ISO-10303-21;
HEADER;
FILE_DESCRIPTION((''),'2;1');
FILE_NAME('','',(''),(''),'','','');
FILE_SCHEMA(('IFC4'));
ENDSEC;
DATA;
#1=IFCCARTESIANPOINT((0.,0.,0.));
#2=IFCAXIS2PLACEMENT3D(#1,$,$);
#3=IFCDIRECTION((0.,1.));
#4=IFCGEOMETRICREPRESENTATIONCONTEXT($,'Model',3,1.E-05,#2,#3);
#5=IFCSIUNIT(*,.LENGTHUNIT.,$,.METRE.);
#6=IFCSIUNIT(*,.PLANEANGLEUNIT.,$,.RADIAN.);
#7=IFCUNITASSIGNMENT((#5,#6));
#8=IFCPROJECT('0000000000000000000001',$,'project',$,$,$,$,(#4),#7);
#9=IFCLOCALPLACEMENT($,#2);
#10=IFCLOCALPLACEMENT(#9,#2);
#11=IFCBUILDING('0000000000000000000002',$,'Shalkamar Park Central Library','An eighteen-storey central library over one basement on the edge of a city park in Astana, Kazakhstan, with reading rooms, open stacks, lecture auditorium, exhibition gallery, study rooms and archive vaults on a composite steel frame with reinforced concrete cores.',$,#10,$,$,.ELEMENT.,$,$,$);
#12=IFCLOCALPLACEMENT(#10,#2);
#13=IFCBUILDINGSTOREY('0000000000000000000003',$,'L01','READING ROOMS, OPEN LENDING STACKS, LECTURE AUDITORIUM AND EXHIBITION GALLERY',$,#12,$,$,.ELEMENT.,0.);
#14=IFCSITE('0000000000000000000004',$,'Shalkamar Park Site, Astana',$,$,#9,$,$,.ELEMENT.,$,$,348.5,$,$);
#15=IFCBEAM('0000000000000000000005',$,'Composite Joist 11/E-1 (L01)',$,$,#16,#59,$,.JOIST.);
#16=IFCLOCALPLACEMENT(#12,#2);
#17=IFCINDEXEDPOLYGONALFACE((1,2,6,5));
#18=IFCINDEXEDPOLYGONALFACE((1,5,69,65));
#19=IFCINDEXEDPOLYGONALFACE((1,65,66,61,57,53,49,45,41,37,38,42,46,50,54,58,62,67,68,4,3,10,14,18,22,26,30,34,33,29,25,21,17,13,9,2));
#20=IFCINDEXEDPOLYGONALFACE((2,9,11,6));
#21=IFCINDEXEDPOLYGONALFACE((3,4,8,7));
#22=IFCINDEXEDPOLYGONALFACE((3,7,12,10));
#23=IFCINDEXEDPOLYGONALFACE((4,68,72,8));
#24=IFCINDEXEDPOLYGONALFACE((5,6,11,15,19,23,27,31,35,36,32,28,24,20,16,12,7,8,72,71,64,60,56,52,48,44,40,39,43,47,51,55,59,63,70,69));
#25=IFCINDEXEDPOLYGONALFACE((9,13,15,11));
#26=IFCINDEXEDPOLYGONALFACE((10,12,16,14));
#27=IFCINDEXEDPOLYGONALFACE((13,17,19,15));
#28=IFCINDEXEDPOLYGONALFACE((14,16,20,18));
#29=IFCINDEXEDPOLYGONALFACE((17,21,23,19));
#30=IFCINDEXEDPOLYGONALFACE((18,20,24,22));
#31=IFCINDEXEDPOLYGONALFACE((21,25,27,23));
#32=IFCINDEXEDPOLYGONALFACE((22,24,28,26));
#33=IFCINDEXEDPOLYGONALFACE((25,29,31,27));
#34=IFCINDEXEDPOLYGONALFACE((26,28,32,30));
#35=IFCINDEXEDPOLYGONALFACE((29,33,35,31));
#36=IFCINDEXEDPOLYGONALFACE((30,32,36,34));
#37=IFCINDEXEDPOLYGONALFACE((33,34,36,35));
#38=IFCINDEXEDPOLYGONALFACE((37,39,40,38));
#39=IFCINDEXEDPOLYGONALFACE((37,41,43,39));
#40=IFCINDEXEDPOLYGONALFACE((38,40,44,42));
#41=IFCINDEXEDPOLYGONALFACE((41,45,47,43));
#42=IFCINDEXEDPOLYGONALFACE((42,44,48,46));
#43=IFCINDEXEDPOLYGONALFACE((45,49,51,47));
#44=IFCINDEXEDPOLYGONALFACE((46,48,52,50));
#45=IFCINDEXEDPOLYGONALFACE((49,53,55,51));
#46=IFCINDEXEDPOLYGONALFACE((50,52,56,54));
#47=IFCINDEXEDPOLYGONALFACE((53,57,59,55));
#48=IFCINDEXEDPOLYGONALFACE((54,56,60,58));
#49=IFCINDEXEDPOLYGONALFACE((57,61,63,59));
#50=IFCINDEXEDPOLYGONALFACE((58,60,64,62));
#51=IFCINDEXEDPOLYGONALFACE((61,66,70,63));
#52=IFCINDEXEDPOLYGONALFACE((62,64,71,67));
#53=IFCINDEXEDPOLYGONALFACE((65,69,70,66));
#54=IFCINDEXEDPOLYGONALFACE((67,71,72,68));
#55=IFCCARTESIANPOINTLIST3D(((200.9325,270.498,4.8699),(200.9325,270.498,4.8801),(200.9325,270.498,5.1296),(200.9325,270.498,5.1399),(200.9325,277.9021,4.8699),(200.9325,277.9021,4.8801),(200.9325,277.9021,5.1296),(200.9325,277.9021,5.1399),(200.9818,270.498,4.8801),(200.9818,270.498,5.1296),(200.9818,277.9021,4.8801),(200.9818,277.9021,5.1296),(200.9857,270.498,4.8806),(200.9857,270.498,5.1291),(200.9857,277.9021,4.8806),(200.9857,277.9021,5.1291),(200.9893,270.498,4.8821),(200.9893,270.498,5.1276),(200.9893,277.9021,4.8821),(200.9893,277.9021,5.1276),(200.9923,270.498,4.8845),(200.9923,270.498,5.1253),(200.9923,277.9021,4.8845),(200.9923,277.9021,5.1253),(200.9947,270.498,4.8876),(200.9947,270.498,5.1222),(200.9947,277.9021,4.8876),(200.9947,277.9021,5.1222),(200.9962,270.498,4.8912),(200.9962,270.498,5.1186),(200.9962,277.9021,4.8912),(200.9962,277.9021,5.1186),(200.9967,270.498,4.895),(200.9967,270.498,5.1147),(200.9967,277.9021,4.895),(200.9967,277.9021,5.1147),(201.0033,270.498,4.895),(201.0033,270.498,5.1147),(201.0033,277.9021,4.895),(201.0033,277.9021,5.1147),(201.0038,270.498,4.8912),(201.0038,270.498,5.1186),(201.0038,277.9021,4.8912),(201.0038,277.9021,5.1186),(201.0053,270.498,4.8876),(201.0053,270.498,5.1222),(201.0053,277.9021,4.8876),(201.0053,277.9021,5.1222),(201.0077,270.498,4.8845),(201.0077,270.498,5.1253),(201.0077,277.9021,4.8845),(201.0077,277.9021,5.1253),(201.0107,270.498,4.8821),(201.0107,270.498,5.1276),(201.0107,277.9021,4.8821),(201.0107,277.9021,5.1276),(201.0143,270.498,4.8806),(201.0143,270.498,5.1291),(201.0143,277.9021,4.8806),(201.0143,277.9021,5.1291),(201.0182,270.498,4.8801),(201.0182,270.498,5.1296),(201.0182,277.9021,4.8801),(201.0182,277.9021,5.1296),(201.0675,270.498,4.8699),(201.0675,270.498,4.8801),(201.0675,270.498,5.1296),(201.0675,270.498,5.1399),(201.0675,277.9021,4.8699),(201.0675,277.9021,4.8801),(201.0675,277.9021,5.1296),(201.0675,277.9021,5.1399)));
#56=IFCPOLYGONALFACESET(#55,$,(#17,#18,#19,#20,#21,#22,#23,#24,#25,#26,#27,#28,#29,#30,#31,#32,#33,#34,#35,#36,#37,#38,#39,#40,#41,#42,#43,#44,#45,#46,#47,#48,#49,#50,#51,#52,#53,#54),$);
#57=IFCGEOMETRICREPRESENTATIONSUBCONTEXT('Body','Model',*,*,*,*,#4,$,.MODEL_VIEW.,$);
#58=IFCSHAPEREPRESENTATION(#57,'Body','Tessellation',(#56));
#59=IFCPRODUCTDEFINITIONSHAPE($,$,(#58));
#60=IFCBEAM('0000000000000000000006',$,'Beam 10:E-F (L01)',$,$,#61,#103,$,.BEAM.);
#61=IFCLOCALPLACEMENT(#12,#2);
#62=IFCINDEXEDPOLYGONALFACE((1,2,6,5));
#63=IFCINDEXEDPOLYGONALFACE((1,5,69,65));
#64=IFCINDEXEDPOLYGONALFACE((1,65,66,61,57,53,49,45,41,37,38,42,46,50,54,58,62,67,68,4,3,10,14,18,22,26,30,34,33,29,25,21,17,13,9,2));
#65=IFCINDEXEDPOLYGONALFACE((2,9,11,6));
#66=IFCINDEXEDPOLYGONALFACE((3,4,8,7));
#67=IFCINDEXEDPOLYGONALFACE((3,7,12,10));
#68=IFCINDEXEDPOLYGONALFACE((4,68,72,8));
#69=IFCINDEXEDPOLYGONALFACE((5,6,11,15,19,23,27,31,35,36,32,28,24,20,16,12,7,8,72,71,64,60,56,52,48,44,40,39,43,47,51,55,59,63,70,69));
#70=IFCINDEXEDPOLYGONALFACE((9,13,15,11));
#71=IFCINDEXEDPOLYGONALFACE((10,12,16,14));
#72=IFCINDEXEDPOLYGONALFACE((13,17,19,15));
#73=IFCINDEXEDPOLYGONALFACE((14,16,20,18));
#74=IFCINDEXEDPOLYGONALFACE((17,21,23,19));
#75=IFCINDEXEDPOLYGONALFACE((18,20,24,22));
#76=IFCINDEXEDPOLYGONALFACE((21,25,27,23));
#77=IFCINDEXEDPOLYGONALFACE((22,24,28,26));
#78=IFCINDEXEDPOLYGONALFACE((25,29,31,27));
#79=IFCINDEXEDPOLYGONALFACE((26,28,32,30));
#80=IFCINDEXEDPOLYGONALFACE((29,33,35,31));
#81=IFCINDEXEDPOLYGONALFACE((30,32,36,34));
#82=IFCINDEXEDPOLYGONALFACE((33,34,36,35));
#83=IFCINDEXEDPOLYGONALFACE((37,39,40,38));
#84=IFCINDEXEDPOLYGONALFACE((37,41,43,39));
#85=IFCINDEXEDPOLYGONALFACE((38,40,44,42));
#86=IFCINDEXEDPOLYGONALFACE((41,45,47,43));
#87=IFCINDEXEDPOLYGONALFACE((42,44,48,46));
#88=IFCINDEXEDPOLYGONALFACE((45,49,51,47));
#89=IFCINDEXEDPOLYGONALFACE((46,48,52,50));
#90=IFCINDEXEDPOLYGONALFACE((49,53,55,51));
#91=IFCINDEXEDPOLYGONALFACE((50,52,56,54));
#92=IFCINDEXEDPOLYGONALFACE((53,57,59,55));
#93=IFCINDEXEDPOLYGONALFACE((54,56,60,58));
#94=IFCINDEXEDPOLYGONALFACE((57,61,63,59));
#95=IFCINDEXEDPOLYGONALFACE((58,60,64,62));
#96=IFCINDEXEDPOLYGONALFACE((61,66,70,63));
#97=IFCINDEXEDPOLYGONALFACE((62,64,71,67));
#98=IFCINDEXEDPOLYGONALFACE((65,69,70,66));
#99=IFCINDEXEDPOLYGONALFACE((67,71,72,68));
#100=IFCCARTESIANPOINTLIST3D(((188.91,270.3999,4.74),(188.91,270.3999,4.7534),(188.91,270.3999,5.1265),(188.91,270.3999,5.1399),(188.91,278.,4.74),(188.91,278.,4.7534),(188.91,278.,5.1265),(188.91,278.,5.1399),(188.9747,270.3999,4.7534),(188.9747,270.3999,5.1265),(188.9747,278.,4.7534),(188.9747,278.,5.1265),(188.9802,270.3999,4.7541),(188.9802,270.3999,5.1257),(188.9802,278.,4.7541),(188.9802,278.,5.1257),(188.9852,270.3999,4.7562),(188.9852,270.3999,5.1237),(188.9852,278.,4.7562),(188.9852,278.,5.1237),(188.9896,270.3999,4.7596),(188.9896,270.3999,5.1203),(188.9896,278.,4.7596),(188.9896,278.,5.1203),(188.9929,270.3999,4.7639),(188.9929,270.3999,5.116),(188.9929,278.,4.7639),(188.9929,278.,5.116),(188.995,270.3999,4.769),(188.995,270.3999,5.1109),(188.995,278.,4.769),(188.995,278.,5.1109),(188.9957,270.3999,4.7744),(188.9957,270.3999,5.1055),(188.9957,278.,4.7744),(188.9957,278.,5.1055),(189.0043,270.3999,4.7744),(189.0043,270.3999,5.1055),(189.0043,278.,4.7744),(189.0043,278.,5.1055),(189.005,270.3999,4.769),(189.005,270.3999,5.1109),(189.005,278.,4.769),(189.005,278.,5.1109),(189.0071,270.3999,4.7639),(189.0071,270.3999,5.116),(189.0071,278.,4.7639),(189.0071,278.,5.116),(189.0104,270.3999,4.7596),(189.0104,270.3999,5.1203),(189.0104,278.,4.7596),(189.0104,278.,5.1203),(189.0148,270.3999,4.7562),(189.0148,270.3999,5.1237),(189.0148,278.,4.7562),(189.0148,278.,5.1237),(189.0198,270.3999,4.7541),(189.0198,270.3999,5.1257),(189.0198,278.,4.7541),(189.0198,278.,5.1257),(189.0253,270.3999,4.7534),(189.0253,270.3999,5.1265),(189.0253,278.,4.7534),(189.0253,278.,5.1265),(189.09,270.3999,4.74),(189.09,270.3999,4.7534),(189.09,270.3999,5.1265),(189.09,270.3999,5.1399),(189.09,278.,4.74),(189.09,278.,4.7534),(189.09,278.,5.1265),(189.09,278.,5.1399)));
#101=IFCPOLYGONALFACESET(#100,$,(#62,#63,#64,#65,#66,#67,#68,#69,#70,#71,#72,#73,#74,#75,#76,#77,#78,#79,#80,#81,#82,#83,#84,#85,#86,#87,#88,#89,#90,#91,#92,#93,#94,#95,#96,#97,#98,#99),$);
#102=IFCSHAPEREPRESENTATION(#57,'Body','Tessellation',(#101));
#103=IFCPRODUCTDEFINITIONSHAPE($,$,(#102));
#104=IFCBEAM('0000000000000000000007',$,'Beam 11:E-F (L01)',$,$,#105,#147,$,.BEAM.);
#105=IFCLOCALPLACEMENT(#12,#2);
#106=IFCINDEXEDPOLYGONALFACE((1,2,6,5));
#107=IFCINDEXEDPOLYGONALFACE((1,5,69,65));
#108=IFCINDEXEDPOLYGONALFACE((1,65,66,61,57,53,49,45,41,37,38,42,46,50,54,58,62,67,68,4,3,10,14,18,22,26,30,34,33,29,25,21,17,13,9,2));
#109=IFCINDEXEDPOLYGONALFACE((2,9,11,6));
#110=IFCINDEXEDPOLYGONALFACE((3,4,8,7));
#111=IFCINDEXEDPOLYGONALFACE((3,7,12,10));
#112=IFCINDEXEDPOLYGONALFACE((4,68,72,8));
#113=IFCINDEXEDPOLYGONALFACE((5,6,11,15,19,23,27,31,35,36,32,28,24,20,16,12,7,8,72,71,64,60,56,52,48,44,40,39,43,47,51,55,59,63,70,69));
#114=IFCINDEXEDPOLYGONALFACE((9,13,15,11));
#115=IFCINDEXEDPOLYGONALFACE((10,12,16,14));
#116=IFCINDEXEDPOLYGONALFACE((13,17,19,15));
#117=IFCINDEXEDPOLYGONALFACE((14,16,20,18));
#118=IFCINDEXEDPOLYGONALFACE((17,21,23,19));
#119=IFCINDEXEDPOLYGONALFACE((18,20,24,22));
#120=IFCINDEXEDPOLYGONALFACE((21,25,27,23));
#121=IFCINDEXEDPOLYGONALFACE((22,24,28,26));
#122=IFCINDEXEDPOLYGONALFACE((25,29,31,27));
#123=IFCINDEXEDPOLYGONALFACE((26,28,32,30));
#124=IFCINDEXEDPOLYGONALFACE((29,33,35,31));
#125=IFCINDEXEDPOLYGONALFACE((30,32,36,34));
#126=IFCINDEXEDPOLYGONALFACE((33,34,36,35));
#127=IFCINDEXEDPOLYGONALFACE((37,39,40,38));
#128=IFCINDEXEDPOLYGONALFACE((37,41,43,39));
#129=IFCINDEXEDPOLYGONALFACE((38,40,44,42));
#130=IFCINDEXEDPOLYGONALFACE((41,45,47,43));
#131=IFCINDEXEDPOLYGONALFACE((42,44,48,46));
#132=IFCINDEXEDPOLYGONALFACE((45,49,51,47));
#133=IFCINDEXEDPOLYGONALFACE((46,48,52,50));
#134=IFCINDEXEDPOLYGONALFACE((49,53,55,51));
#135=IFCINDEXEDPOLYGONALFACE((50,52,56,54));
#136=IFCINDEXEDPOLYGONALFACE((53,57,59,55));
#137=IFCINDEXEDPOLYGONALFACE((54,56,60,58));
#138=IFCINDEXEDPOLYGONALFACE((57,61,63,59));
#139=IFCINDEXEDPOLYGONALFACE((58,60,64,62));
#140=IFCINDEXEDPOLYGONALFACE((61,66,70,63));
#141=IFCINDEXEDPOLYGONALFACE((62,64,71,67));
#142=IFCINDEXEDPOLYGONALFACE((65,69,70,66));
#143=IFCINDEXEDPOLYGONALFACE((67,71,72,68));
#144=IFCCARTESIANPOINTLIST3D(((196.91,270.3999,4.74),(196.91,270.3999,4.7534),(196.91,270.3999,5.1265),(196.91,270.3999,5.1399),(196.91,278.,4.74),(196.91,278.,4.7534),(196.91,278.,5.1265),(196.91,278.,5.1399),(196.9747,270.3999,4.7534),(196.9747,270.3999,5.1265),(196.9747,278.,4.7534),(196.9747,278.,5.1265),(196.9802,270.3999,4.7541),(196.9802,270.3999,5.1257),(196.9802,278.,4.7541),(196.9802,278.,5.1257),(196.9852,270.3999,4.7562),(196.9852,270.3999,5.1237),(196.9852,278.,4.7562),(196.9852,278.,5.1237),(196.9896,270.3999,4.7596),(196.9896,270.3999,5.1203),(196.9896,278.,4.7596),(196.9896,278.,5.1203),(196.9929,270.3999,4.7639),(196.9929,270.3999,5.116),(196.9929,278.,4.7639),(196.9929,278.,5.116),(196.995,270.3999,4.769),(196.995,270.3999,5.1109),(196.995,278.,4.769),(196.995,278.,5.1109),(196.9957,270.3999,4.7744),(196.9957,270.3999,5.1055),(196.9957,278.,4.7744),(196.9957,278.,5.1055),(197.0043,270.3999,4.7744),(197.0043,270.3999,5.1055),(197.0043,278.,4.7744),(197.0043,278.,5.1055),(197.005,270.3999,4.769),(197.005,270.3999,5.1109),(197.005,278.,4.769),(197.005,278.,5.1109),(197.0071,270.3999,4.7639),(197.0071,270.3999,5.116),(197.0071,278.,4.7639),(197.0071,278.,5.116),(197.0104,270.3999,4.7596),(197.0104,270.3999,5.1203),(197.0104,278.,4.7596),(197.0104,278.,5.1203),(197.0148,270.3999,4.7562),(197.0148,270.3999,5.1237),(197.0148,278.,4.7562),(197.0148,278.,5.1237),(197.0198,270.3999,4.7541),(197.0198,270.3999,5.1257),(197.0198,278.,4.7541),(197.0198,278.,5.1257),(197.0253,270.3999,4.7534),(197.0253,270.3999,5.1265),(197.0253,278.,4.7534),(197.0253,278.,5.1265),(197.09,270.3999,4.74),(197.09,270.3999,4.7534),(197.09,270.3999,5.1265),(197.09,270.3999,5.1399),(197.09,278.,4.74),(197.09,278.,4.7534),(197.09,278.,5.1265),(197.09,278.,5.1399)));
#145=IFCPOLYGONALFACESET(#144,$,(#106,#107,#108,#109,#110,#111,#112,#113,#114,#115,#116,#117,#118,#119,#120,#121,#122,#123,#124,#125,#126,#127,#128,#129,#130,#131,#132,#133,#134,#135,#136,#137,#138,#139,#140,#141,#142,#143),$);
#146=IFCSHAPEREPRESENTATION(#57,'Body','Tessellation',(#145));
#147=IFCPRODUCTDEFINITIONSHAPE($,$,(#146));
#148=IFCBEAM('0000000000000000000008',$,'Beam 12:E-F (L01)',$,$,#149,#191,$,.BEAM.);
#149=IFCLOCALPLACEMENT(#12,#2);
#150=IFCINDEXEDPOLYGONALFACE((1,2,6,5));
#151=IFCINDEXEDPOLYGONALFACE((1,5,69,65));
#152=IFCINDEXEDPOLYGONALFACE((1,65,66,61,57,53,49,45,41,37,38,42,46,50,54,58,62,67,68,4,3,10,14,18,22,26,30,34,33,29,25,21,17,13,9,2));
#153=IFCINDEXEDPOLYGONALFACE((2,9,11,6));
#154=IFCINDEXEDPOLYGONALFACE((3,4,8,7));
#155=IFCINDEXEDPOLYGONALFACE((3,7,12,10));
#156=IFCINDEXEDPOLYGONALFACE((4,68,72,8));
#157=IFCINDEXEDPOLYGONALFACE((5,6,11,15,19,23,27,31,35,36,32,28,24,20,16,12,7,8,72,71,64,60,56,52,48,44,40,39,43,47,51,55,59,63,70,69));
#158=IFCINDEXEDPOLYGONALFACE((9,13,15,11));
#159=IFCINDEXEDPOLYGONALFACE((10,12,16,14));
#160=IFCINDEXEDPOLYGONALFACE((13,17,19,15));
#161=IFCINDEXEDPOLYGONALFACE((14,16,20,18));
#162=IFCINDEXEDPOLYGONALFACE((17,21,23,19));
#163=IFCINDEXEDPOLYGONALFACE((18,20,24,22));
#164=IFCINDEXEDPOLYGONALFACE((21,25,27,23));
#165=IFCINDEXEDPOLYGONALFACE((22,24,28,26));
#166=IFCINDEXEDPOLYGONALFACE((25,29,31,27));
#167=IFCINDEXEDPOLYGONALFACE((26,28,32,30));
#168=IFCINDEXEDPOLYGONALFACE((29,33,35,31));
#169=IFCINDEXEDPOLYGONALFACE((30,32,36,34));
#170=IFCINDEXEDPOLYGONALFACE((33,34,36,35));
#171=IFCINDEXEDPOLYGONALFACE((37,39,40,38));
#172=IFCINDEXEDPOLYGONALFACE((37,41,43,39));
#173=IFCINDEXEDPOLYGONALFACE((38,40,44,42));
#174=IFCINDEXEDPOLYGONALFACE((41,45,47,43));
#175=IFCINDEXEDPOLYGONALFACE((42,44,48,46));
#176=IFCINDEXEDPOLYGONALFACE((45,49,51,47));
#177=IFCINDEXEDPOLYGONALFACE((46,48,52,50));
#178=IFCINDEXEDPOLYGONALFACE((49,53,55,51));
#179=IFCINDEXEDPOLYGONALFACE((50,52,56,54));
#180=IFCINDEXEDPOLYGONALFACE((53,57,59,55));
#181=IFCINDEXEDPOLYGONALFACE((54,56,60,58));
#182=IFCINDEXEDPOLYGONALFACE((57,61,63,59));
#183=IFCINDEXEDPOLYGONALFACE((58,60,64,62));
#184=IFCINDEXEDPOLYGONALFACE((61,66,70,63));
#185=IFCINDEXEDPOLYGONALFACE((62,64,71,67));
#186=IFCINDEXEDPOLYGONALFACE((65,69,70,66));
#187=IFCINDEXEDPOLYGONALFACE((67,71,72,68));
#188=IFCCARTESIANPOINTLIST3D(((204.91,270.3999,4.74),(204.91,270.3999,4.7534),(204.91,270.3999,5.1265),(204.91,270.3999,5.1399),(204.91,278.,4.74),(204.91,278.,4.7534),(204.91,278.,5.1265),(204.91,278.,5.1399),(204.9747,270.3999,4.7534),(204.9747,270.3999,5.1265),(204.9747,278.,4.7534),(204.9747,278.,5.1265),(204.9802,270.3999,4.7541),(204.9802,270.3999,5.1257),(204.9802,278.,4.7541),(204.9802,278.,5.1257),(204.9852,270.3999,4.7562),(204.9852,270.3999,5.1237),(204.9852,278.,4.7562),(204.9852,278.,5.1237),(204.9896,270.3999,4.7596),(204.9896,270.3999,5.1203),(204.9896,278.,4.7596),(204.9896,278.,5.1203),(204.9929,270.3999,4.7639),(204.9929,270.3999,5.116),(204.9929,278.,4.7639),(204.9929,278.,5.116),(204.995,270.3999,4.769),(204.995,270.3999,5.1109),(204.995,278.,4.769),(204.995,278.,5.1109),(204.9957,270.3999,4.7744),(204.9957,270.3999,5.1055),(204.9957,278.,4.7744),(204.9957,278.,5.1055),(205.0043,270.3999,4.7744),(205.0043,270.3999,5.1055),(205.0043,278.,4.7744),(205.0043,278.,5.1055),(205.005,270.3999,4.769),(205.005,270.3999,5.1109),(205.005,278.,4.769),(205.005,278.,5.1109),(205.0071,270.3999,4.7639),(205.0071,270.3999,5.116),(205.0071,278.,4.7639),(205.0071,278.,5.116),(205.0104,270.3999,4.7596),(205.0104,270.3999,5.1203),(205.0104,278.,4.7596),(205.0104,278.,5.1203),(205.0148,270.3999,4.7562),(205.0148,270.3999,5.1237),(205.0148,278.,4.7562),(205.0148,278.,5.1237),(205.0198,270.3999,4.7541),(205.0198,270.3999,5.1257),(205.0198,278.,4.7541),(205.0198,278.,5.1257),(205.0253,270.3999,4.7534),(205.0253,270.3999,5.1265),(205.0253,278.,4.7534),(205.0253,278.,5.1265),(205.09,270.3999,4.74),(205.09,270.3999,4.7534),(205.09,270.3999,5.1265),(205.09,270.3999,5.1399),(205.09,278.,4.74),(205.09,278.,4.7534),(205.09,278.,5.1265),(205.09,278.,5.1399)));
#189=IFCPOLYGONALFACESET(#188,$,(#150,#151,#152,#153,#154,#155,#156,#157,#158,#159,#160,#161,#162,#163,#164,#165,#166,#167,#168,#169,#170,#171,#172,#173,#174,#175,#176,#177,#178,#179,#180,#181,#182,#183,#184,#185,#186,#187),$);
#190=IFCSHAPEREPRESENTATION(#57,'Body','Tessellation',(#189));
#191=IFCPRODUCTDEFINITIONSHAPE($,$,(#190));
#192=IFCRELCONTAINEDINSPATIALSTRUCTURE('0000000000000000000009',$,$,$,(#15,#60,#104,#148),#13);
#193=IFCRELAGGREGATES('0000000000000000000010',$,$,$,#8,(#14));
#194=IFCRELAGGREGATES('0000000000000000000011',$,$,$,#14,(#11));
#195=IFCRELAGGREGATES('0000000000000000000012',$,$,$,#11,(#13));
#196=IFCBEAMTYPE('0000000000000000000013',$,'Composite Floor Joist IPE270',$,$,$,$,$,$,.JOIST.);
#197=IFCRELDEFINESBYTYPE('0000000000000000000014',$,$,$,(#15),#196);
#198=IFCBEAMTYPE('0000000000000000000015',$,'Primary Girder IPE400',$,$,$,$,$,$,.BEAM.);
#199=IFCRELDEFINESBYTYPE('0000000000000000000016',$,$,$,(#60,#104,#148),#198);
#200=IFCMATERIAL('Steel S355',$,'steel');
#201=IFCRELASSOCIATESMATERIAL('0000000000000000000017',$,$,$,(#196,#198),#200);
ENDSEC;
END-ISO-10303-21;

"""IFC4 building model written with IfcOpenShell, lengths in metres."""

from ifc_helpers import new_model, si_unit, direction, frame, origin, origin_2d, place, context, subcontext, project, spatial, i_section, extrude, material, material_profile, profile_set, type_object, element, save


model = new_model("IFC4")

# Units and contexts
model_context = context("Model", 3, precision=1e-05, world=origin(), true_north=direction((0.0, 1.0)))
body_context = subcontext(model_context, "Body", "Model", "MODEL_VIEW")
ifc_project = project(units=[si_unit("LENGTHUNIT", "METRE"), si_unit("PLANEANGLEUNIT", "RADIAN")], contexts=[model_context])

# Site, building, storey
site_placement = place(None, origin())
site = spatial("IfcSite", under=ifc_project, at=site_placement, Name="Shalkamar Park Site, Astana", CompositionType="ELEMENT", RefElevation=348.5)
building_placement = place(site_placement, origin())
building = spatial("IfcBuilding", under=site, at=building_placement, Name="Shalkamar Park Central Library", Description="An eighteen-storey central library over one basement on the edge of a city park in Astana, Kazakhstan, with reading rooms, open stacks, lecture auditorium, exhibition gallery, study rooms and archive vaults on a composite steel frame with reinforced concrete cores.", CompositionType="ELEMENT")
storey_placement = place(building_placement, origin())
storey = spatial("IfcBuildingStorey", under=building, at=storey_placement, Name="L01", Description="READING ROOMS, OPEN LENDING STACKS, LECTURE AUDITORIUM AND EXHIBITION GALLERY", CompositionType="ELEMENT", Elevation=0.0)

# Shared definitions
ifc_material = material(Name="Steel S355", Category="steel")

# Beams
ifc_material_profile_1 = material_profile(ifc_material, i_section(OverallWidth=0.135, OverallDepth=0.27, WebThickness=0.0066, FlangeThickness=0.0103, FilletRadius=0.0149, at=origin_2d()), Name="IPE 270")
ifc_profile_set_1 = profile_set([ifc_material_profile_1], Name="Steel S355")
beam_type_1 = type_object("IfcBeamType", Name="Composite Floor Joist IPE270", PredefinedType="JOIST", material=ifc_profile_set_1)
for number, where, z_axis, x_axis, name in (
    (1, (201.0, 270.498, 5.0049), (0.0, 1.0, 0.0), (-1.0, 0.0, 0.0), "Composite Joist 11/E-1 (L01)"),
):
    element("IfcBeam", number, at=place(storey_placement, frame(where, z_axis=z_axis, x_axis=x_axis)), inside=storey, type_object=beam_type_1, Name=name, PredefinedType="JOIST", context=body_context, shape_type="SweptSolid", body=[
        extrude(i_section(OverallWidth=0.135, OverallDepth=0.27, WebThickness=0.0066, FlangeThickness=0.0103, FilletRadius=0.0149, at=origin_2d()), origin(), (0.0, 0.0, 1.0), 7.4041),
    ])
ifc_material_profile_2 = material_profile(ifc_material, i_section(OverallWidth=0.1799, OverallDepth=0.3999, WebThickness=0.0085, FlangeThickness=0.0134, FilletRadius=0.021, at=origin_2d()), Name="IPE 400")
ifc_profile_set_2 = profile_set([ifc_material_profile_2], Name="Steel S355")
beam_type_2 = type_object("IfcBeamType", Name="Primary Girder IPE400", PredefinedType="BEAM", material=ifc_profile_set_2)
for number, where, z_axis, x_axis, name in (
    (2, (189.0, 270.3999, 4.9399), (0.0, 1.0, 0.0), (-1.0, 0.0, 0.0), "Beam 10:E-F (L01)"),
    (3, (197.0, 270.3999, 4.9399), (0.0, 1.0, 0.0), (-1.0, 0.0, 0.0), "Beam 11:E-F (L01)"),
    (4, (205.0, 270.3999, 4.9399), (0.0, 1.0, 0.0), (-1.0, 0.0, 0.0), "Beam 12:E-F (L01)"),
):
    element("IfcBeam", number, at=place(storey_placement, frame(where, z_axis=z_axis, x_axis=x_axis)), inside=storey, type_object=beam_type_2, Name=name, PredefinedType="BEAM", context=body_context, shape_type="SweptSolid", body=[
        extrude(i_section(OverallWidth=0.1799, OverallDepth=0.3999, WebThickness=0.0085, FlangeThickness=0.0134, FilletRadius=0.021, at=origin_2d()), origin(), (0.0, 0.0, 1.0), 7.6001),
    ])

save(model, "model.ifc")
